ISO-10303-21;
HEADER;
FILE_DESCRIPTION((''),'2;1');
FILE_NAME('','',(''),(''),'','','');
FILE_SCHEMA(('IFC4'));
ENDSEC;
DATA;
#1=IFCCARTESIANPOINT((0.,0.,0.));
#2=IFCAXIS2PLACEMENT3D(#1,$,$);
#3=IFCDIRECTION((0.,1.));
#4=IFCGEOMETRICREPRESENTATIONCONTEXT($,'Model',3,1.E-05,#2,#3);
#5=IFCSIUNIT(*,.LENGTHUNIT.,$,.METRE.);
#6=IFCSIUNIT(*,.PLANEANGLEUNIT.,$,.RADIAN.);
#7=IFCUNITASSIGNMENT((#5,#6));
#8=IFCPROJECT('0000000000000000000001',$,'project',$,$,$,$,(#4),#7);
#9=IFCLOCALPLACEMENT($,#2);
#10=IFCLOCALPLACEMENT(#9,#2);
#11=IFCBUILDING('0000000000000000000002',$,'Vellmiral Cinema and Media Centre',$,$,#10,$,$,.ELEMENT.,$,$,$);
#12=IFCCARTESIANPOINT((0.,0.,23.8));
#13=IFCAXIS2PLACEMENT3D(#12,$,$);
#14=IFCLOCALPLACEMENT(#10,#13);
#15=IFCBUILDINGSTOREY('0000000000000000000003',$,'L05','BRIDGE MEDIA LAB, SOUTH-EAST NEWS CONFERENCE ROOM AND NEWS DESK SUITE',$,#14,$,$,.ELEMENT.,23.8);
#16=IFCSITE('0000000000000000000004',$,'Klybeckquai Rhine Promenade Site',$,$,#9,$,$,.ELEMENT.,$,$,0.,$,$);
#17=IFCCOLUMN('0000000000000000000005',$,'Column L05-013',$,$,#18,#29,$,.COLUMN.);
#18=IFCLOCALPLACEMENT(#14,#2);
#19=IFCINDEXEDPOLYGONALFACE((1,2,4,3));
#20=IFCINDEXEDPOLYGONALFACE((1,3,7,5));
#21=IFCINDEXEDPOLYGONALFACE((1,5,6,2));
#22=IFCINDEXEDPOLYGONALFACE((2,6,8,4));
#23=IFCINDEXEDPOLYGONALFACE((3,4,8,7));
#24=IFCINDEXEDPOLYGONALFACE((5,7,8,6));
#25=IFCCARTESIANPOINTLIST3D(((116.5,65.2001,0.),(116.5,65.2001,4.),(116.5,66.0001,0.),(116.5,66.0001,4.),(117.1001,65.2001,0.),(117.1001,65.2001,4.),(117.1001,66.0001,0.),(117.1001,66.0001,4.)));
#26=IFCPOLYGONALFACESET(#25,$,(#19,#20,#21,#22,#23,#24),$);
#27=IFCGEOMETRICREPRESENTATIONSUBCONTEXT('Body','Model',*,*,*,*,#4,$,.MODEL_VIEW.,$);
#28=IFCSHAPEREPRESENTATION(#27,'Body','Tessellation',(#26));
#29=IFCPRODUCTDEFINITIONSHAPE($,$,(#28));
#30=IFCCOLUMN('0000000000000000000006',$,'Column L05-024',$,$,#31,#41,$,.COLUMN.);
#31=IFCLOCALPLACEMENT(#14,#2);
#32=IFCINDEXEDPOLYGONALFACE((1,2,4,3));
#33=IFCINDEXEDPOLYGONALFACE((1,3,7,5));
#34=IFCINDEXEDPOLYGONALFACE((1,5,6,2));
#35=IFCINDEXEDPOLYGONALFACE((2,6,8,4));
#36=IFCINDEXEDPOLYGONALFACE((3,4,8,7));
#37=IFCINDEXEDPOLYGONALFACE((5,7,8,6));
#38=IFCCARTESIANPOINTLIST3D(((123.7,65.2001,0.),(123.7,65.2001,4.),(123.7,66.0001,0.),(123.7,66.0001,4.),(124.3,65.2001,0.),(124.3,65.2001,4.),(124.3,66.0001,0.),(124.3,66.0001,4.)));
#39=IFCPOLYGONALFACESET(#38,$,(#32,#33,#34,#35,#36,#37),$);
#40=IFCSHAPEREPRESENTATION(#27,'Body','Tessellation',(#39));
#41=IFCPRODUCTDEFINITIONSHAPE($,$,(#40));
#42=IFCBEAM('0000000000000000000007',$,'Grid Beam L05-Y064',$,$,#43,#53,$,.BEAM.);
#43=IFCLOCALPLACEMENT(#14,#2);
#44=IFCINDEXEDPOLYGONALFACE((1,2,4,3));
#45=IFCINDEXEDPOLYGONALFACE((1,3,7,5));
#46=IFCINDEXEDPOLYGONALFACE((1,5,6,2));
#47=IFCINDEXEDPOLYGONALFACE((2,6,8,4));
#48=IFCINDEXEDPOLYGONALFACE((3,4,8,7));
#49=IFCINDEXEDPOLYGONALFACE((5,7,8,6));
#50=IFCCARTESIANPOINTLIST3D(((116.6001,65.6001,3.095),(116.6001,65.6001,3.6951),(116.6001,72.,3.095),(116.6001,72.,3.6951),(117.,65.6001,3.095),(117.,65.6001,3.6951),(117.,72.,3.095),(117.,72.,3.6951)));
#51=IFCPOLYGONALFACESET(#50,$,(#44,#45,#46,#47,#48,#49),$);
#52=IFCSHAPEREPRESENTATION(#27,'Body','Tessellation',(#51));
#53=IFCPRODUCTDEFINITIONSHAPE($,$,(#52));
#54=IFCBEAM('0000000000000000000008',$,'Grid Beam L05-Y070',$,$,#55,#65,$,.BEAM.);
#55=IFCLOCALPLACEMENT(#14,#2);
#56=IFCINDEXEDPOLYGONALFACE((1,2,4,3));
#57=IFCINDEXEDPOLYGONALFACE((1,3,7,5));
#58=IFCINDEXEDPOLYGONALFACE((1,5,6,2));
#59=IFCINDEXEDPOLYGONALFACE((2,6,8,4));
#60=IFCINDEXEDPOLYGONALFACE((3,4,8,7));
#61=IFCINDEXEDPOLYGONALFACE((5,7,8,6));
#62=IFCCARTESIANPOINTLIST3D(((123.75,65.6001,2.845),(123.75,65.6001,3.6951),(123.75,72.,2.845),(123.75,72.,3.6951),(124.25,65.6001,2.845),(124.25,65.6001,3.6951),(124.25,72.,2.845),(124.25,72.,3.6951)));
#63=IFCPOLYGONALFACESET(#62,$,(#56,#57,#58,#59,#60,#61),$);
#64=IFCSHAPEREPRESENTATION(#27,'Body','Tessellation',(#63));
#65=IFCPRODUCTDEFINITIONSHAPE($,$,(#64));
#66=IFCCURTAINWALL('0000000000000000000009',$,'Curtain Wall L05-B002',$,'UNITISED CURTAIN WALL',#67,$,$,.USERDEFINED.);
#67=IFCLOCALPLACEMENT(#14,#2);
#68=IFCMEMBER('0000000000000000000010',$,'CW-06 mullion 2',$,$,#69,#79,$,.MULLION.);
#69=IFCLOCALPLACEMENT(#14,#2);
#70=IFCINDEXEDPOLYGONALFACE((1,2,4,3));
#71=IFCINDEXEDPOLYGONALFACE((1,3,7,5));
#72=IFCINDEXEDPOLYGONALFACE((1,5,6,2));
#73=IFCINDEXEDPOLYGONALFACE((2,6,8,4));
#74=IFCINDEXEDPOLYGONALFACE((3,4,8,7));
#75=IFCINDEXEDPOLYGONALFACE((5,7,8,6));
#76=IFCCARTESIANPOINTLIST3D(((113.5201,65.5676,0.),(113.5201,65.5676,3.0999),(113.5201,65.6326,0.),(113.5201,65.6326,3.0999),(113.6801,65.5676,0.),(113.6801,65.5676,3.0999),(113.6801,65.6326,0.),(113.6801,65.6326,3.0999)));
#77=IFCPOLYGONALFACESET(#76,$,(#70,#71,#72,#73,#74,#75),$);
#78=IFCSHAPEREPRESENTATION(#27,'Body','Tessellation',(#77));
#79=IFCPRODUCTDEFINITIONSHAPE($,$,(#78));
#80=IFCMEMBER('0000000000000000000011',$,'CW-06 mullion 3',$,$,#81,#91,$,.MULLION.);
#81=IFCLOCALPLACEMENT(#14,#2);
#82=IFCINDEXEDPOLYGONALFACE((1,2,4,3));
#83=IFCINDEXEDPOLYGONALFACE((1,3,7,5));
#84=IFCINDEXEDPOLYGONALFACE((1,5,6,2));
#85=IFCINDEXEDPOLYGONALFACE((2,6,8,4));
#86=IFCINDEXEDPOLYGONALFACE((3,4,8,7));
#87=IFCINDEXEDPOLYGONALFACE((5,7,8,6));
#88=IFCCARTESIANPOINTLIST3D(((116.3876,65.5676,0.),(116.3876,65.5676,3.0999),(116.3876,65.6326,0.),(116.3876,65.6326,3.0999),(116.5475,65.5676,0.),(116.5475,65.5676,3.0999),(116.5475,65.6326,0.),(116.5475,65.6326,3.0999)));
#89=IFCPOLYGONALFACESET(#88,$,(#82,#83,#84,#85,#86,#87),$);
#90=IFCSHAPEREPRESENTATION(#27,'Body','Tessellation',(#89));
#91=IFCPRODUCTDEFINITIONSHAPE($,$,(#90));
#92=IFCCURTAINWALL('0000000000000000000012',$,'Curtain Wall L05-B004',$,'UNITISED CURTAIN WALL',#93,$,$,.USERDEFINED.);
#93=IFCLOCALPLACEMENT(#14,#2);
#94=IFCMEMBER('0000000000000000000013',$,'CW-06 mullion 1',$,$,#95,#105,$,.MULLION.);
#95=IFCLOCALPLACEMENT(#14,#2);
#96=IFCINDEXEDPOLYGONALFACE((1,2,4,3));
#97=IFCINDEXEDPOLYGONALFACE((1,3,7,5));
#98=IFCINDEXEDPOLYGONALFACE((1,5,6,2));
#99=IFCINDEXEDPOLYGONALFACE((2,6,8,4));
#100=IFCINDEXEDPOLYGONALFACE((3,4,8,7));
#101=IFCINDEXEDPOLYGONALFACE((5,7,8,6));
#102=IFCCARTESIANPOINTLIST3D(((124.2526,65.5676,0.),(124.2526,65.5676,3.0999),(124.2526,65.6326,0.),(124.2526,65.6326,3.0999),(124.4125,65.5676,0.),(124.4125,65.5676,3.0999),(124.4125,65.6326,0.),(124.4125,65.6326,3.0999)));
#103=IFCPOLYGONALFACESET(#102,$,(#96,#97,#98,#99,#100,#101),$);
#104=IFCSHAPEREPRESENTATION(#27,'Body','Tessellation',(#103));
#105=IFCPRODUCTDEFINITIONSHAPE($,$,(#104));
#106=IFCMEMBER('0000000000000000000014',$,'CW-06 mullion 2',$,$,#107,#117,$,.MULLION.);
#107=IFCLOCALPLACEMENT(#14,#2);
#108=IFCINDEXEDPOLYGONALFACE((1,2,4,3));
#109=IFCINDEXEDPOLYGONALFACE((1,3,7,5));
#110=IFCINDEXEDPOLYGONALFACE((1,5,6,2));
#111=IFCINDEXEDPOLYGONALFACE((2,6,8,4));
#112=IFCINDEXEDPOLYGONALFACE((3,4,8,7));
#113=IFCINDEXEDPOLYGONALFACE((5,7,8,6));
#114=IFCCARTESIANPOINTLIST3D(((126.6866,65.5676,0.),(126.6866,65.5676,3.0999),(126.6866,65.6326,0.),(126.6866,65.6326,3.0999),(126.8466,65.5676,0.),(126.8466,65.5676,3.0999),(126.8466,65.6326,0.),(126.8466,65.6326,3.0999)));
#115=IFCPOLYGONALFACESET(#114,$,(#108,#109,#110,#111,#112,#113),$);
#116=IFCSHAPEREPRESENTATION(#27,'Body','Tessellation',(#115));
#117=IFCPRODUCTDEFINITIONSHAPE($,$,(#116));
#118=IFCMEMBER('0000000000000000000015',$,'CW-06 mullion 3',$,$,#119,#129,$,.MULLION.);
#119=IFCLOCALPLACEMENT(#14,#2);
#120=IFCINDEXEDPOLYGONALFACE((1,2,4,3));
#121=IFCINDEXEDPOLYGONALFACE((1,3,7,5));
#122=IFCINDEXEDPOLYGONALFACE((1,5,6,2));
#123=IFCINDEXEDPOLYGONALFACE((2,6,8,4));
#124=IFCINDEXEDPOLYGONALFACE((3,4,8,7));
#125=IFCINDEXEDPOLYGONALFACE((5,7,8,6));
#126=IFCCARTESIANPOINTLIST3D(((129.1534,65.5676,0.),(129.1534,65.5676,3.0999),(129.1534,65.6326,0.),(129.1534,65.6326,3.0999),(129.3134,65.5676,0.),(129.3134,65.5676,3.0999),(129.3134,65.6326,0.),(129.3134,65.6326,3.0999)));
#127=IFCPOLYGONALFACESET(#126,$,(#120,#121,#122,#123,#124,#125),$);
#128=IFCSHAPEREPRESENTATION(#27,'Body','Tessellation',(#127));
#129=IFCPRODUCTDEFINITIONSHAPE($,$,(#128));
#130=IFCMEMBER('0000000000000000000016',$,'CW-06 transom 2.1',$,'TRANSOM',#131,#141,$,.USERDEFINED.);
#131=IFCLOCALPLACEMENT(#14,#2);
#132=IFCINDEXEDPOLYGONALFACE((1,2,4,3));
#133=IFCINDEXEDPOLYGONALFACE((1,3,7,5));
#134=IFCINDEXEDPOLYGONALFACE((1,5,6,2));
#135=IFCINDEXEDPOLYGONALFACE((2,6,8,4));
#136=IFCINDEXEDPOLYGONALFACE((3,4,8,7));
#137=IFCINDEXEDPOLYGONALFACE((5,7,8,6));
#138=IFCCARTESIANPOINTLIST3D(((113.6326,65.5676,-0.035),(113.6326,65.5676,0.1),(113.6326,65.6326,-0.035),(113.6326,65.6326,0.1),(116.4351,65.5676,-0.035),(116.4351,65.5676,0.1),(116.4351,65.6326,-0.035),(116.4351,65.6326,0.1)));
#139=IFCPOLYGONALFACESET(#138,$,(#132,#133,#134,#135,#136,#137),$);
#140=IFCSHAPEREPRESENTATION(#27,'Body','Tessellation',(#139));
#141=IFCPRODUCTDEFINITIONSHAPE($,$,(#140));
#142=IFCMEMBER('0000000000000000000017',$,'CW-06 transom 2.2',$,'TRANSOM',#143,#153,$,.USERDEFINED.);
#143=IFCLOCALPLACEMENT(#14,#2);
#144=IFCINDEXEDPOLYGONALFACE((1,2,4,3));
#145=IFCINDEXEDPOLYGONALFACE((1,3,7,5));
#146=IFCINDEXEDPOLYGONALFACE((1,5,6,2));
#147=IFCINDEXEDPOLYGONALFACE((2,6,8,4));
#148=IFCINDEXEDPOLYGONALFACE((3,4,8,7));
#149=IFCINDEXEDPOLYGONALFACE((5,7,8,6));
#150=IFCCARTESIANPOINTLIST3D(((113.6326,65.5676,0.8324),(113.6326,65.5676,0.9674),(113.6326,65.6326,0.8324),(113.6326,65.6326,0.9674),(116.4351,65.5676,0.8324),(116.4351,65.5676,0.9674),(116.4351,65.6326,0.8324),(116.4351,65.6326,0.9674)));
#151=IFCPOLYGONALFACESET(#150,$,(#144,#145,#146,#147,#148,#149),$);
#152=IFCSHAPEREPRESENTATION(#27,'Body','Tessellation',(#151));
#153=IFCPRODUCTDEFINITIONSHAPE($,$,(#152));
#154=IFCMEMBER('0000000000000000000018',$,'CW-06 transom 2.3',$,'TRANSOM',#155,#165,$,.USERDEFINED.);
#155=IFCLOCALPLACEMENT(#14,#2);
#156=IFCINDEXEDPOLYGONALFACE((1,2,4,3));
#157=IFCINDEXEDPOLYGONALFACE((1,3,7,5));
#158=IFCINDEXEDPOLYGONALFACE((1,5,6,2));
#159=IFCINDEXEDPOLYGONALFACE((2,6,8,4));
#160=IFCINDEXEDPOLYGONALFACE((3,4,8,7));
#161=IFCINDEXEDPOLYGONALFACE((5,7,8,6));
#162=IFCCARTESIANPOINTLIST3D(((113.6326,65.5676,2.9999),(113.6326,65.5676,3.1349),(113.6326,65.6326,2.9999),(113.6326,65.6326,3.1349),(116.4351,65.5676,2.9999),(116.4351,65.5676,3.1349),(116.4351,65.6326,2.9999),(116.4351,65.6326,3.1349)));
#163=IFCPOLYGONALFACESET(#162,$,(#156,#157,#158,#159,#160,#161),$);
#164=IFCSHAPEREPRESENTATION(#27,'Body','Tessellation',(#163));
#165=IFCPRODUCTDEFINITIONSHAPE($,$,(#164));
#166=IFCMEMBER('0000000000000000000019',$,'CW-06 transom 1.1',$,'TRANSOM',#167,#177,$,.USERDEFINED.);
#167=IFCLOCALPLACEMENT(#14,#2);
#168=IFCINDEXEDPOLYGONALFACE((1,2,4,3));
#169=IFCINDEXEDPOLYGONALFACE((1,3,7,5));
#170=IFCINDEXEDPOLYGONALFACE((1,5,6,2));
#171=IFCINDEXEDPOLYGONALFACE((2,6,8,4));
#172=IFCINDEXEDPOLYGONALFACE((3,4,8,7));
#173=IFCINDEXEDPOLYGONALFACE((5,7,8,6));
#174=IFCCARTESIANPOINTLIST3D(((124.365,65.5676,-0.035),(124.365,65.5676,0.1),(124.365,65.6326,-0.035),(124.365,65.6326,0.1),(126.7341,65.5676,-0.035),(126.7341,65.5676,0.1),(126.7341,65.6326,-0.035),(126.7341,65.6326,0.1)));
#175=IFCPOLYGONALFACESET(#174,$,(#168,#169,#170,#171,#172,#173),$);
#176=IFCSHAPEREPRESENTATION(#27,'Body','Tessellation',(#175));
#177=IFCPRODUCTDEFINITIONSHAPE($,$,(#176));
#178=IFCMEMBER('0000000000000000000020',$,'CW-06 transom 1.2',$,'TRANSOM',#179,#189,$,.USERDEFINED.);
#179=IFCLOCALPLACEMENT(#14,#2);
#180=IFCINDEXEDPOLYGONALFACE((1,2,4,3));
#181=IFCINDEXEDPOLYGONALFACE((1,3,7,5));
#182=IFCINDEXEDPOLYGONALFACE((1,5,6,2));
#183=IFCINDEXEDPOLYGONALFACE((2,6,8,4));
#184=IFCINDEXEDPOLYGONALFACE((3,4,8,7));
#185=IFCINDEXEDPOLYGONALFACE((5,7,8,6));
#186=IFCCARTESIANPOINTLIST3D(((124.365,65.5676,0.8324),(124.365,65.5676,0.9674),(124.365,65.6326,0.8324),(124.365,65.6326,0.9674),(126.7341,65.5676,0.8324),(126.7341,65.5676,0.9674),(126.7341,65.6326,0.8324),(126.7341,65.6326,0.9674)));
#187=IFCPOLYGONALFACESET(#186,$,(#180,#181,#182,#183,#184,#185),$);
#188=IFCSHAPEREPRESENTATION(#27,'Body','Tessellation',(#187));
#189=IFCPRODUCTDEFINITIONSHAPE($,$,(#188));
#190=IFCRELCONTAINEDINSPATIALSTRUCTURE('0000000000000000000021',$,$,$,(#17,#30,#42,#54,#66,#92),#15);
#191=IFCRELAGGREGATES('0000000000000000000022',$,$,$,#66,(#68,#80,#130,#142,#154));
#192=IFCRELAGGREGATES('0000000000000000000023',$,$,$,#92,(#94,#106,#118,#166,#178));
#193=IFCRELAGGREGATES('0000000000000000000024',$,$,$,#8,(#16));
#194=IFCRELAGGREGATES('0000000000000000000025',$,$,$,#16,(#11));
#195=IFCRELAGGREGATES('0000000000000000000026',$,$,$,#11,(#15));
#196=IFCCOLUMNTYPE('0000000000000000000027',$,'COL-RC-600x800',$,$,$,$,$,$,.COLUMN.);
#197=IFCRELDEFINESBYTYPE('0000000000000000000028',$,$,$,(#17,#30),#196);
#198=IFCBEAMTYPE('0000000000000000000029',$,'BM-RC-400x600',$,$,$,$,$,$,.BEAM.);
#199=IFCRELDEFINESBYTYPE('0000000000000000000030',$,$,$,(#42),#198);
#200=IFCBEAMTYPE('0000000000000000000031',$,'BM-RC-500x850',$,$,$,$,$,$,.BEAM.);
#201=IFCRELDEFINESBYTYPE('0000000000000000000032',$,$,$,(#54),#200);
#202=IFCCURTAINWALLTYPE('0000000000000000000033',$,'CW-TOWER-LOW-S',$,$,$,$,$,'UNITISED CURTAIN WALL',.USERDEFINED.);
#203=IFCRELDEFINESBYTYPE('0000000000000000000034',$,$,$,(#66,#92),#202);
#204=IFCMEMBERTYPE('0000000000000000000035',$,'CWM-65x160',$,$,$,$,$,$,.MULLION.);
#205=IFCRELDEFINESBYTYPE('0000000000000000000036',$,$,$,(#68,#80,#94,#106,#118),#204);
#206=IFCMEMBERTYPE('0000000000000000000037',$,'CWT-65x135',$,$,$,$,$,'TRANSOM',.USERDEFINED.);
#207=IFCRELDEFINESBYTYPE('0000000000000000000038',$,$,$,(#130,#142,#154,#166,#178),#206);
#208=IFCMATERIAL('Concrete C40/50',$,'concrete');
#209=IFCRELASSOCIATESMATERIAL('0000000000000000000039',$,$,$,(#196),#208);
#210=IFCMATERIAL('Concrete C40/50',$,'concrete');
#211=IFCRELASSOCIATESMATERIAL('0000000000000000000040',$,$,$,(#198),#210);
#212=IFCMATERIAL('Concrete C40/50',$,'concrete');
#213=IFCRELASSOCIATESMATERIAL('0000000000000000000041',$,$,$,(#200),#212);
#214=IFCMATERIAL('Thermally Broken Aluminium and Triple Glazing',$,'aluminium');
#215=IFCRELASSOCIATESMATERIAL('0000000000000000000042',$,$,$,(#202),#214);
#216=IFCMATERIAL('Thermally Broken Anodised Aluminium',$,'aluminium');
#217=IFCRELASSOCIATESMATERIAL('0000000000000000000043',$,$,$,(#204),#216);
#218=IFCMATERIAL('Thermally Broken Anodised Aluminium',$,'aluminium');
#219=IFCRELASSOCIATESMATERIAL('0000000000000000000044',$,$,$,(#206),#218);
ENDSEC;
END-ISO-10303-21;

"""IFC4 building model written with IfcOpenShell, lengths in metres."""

from ifc_helpers import new_model, si_unit, direction, frame, origin, origin_2d, place, context, subcontext, project, spatial, rectangle, extrude, material, material_profile, profile_set, type_object, element, aggregate, save


model = new_model("IFC4")

# Units and contexts
model_context = context("Model", 3, precision=1e-05, world=origin(), true_north=direction((0.0, 1.0)))
body_context = subcontext(model_context, "Body", "Model", "MODEL_VIEW")
ifc_project = project(units=[si_unit("LENGTHUNIT", "METRE"), si_unit("PLANEANGLEUNIT", "RADIAN")], contexts=[model_context])

# Site, building, storey
site_placement = place(None, origin())
site = spatial("IfcSite", under=ifc_project, at=site_placement, Name="Klybeckquai Rhine Promenade Site", CompositionType="ELEMENT", RefElevation=0.0)
building_placement = place(site_placement, origin())
building = spatial("IfcBuilding", under=site, at=building_placement, Name="Vellmiral Cinema and Media Centre", CompositionType="ELEMENT")
storey_placement = place(building_placement, frame((0.0, 0.0, 23.8)))
storey = spatial("IfcBuildingStorey", under=building, at=storey_placement, Name="L05", Description="BRIDGE MEDIA LAB, SOUTH-EAST NEWS CONFERENCE ROOM AND NEWS DESK SUITE", CompositionType="ELEMENT", Elevation=23.8)

# Columns
ifc_material_1 = material(Name="Concrete C40/50", Category="concrete")
ifc_material_profile_1 = material_profile(ifc_material_1, rectangle(XDim=0.6001, YDim=0.8, at=origin_2d()), Name="RC 600x800")
ifc_profile_set_1 = profile_set([ifc_material_profile_1], Name="Concrete C40/50")
column_type = type_object("IfcColumnType", Name="COL-RC-600x800", PredefinedType="COLUMN", material=ifc_profile_set_1)
for number, where, z_axis, x_axis, name in (
    (1, (116.8, 65.6001, 0.0), (0.0, 0.0, 1.0), (1.0, 0.0, 0.0), "Column L05-013"),
    (2, (124.0, 65.6001, 0.0), (0.0, 0.0, 1.0), (1.0, 0.0, 0.0), "Column L05-024"),
):
    element("IfcColumn", number, at=place(storey_placement, frame(where, z_axis=z_axis, x_axis=x_axis)), inside=storey, type_object=column_type, Name=name, PredefinedType="COLUMN", context=body_context, shape_type="SweptSolid", body=[
        extrude(rectangle(XDim=0.6001, YDim=0.8, at=origin_2d()), origin(), (0.0, 0.0, 1.0), 4.0),
    ])

# Beams
ifc_material_2 = material(Name="Concrete C40/50", Category="concrete")
ifc_material_profile_2 = material_profile(ifc_material_2, rectangle(XDim=0.3999, YDim=0.6001, at=origin_2d()), Name="RC 400x600")
ifc_profile_set_2 = profile_set([ifc_material_profile_2], Name="Concrete C40/50")
beam_type_1 = type_object("IfcBeamType", Name="BM-RC-400x600", PredefinedType="BEAM", material=ifc_profile_set_2)
beam_1_placement = place(storey_placement, frame((116.8, 65.6001, 3.395), z_axis=(0.0, 1.0, 0.0), x_axis=(-1.0, 0.0, 0.0)))
element("IfcBeam", 3, at=beam_1_placement, inside=storey, type_object=beam_type_1, Name="Grid Beam L05-Y064", PredefinedType="BEAM", context=body_context, shape_type="SweptSolid", body=[
    extrude(rectangle(XDim=0.3999, YDim=0.6001, at=origin_2d()), origin(), (0.0, 0.0, 1.0), 6.3999),
])
ifc_material_3 = material(Name="Concrete C40/50", Category="concrete")
ifc_material_profile_3 = material_profile(ifc_material_3, rectangle(XDim=0.5, YDim=0.8501, at=origin_2d()), Name="RC 500x850")
ifc_profile_set_3 = profile_set([ifc_material_profile_3], Name="Concrete C40/50")
beam_type_2 = type_object("IfcBeamType", Name="BM-RC-500x850", PredefinedType="BEAM", material=ifc_profile_set_3)
beam_2_placement = place(storey_placement, frame((124.0, 65.6001, 3.27), z_axis=(0.0, 1.0, 0.0), x_axis=(-1.0, 0.0, 0.0)))
element("IfcBeam", 4, at=beam_2_placement, inside=storey, type_object=beam_type_2, Name="Grid Beam L05-Y070", PredefinedType="BEAM", context=body_context, shape_type="SweptSolid", body=[
    extrude(rectangle(XDim=0.5, YDim=0.8501, at=origin_2d()), origin(), (0.0, 0.0, 1.0), 6.3999),
])

# Curtain walls, members
ifc_material_4 = material(Name="Thermally Broken Aluminium and Triple Glazing", Category="aluminium")
curtain_wall_type = type_object("IfcCurtainWallType", Name="CW-TOWER-LOW-S", ElementType="UNITISED CURTAIN WALL", PredefinedType="USERDEFINED", material=ifc_material_4)
curtain_wall_1_placement = place(storey_placement, origin())
curtain_wall_1 = element("IfcCurtainWall", 5, at=curtain_wall_1_placement, inside=storey, type_object=curtain_wall_type, Name="Curtain Wall L05-B002", ObjectType="UNITISED CURTAIN WALL", PredefinedType="USERDEFINED")
ifc_material_5 = material(Name="Thermally Broken Anodised Aluminium", Category="aluminium")
ifc_material_profile_4 = material_profile(ifc_material_5, rectangle(XDim=0.0649, YDim=0.1599, at=origin_2d()), Name="MULL 65x160")
ifc_profile_set_4 = profile_set([ifc_material_profile_4], Name="Thermally Broken Anodised Aluminium")
member_type_1 = type_object("IfcMemberType", Name="CWM-65x160", PredefinedType="MULLION", material=ifc_profile_set_4)
member_1_placement = place(storey_placement, frame((113.6001, 65.6001, 0.0), z_axis=(0.0, 0.0, 1.0), x_axis=(0.0, 1.0, 0.0)))
member_1 = element("IfcMember", 6, at=member_1_placement, type_object=member_type_1, Name="CW-06 mullion 2", PredefinedType="MULLION", context=body_context, shape_type="SweptSolid", body=[
    extrude(rectangle(XDim=0.0649, YDim=0.1599, at=origin_2d()), origin(), (0.0, 0.0, 1.0), 3.0999),
])
member_2_placement = place(storey_placement, frame((116.4675, 65.6001, 0.0), z_axis=(0.0, 0.0, 1.0), x_axis=(0.0, 1.0, 0.0)))
member_2 = element("IfcMember", 7, at=member_2_placement, type_object=member_type_1, Name="CW-06 mullion 3", PredefinedType="MULLION", context=body_context, shape_type="SweptSolid", body=[
    extrude(rectangle(XDim=0.0649, YDim=0.1599, at=origin_2d()), origin(), (0.0, 0.0, 1.0), 3.0999),
])
curtain_wall_2_placement = place(storey_placement, origin())
curtain_wall_2 = element("IfcCurtainWall", 8, at=curtain_wall_2_placement, inside=storey, type_object=curtain_wall_type, Name="Curtain Wall L05-B004", ObjectType="UNITISED CURTAIN WALL", PredefinedType="USERDEFINED")
member_3_placement = place(storey_placement, frame((124.3325, 65.6001, 0.0), z_axis=(0.0, 0.0, 1.0), x_axis=(0.0, 1.0, 0.0)))
member_3 = element("IfcMember", 9, at=member_3_placement, type_object=member_type_1, Name="CW-06 mullion 1", PredefinedType="MULLION", context=body_context, shape_type="SweptSolid", body=[
    extrude(rectangle(XDim=0.0649, YDim=0.1599, at=origin_2d()), origin(), (0.0, 0.0, 1.0), 3.0999),
])
member_4_placement = place(storey_placement, frame((126.7666, 65.6001, 0.0), z_axis=(0.0, 0.0, 1.0), x_axis=(0.0, 1.0, 0.0)))
member_4 = element("IfcMember", 10, at=member_4_placement, type_object=member_type_1, Name="CW-06 mullion 2", PredefinedType="MULLION", context=body_context, shape_type="SweptSolid", body=[
    extrude(rectangle(XDim=0.0649, YDim=0.1599, at=origin_2d()), origin(), (0.0, 0.0, 1.0), 3.0999),
])
member_5_placement = place(storey_placement, frame((129.2334, 65.6001, 0.0), z_axis=(0.0, 0.0, 1.0), x_axis=(0.0, 1.0, 0.0)))
member_5 = element("IfcMember", 11, at=member_5_placement, type_object=member_type_1, Name="CW-06 mullion 3", PredefinedType="MULLION", context=body_context, shape_type="SweptSolid", body=[
    extrude(rectangle(XDim=0.0649, YDim=0.1599, at=origin_2d()), origin(), (0.0, 0.0, 1.0), 3.0999),
])

# Members
ifc_material_6 = material(Name="Thermally Broken Anodised Aluminium", Category="aluminium")
ifc_material_profile_5 = material_profile(ifc_material_6, rectangle(XDim=0.0649, YDim=0.135, at=origin_2d()), Name="MULL 65x135")
ifc_profile_set_5 = profile_set([ifc_material_profile_5], Name="Thermally Broken Anodised Aluminium")
member_type_2 = type_object("IfcMemberType", Name="CWT-65x135", ElementType="TRANSOM", PredefinedType="USERDEFINED", material=ifc_profile_set_5)
member_6_placement = place(storey_placement, frame((113.6326, 65.6001, 0.0325), z_axis=(1.0, 0.0, 0.0), x_axis=(0.0, 1.0, 0.0)))
member_6 = element("IfcMember", 12, at=member_6_placement, type_object=member_type_2, Name="CW-06 transom 2.1", ObjectType="TRANSOM", PredefinedType="USERDEFINED", context=body_context, shape_type="SweptSolid", body=[
    extrude(rectangle(XDim=0.0649, YDim=0.135, at=origin_2d()), origin(), (0.0, 0.0, 1.0), 2.8025),
])
member_7_placement = place(storey_placement, frame((113.6326, 65.6001, 0.8999), z_axis=(1.0, 0.0, 0.0), x_axis=(0.0, 1.0, 0.0)))
member_7 = element("IfcMember", 13, at=member_7_placement, type_object=member_type_2, Name="CW-06 transom 2.2", ObjectType="TRANSOM", PredefinedType="USERDEFINED", context=body_context, shape_type="SweptSolid", body=[
    extrude(rectangle(XDim=0.0649, YDim=0.135, at=origin_2d()), origin(), (0.0, 0.0, 1.0), 2.8025),
])
member_8_placement = place(storey_placement, frame((113.6326, 65.6001, 3.0674), z_axis=(1.0, 0.0, 0.0), x_axis=(0.0, 1.0, 0.0)))
member_8 = element("IfcMember", 14, at=member_8_placement, type_object=member_type_2, Name="CW-06 transom 2.3", ObjectType="TRANSOM", PredefinedType="USERDEFINED", context=body_context, shape_type="SweptSolid", body=[
    extrude(rectangle(XDim=0.0649, YDim=0.135, at=origin_2d()), origin(), (0.0, 0.0, 1.0), 2.8025),
])
member_9_placement = place(storey_placement, frame((124.365, 65.6001, 0.0325), z_axis=(1.0, 0.0, 0.0), x_axis=(0.0, 1.0, 0.0)))
member_9 = element("IfcMember", 15, at=member_9_placement, type_object=member_type_2, Name="CW-06 transom 1.1", ObjectType="TRANSOM", PredefinedType="USERDEFINED", context=body_context, shape_type="SweptSolid", body=[
    extrude(rectangle(XDim=0.0649, YDim=0.135, at=origin_2d()), origin(), (0.0, 0.0, 1.0), 2.3691),
])
member_10_placement = place(storey_placement, frame((124.365, 65.6001, 0.8999), z_axis=(1.0, 0.0, 0.0), x_axis=(0.0, 1.0, 0.0)))
member_10 = element("IfcMember", 16, at=member_10_placement, type_object=member_type_2, Name="CW-06 transom 1.2", ObjectType="TRANSOM", PredefinedType="USERDEFINED", context=body_context, shape_type="SweptSolid", body=[
    extrude(rectangle(XDim=0.0649, YDim=0.135, at=origin_2d()), origin(), (0.0, 0.0, 1.0), 2.3691),
])

aggregate(curtain_wall_1, [member_1, member_2, member_6, member_7, member_8])
aggregate(curtain_wall_2, [member_3, member_4, member_5, member_9, member_10])

save(model, "model.ifc")
